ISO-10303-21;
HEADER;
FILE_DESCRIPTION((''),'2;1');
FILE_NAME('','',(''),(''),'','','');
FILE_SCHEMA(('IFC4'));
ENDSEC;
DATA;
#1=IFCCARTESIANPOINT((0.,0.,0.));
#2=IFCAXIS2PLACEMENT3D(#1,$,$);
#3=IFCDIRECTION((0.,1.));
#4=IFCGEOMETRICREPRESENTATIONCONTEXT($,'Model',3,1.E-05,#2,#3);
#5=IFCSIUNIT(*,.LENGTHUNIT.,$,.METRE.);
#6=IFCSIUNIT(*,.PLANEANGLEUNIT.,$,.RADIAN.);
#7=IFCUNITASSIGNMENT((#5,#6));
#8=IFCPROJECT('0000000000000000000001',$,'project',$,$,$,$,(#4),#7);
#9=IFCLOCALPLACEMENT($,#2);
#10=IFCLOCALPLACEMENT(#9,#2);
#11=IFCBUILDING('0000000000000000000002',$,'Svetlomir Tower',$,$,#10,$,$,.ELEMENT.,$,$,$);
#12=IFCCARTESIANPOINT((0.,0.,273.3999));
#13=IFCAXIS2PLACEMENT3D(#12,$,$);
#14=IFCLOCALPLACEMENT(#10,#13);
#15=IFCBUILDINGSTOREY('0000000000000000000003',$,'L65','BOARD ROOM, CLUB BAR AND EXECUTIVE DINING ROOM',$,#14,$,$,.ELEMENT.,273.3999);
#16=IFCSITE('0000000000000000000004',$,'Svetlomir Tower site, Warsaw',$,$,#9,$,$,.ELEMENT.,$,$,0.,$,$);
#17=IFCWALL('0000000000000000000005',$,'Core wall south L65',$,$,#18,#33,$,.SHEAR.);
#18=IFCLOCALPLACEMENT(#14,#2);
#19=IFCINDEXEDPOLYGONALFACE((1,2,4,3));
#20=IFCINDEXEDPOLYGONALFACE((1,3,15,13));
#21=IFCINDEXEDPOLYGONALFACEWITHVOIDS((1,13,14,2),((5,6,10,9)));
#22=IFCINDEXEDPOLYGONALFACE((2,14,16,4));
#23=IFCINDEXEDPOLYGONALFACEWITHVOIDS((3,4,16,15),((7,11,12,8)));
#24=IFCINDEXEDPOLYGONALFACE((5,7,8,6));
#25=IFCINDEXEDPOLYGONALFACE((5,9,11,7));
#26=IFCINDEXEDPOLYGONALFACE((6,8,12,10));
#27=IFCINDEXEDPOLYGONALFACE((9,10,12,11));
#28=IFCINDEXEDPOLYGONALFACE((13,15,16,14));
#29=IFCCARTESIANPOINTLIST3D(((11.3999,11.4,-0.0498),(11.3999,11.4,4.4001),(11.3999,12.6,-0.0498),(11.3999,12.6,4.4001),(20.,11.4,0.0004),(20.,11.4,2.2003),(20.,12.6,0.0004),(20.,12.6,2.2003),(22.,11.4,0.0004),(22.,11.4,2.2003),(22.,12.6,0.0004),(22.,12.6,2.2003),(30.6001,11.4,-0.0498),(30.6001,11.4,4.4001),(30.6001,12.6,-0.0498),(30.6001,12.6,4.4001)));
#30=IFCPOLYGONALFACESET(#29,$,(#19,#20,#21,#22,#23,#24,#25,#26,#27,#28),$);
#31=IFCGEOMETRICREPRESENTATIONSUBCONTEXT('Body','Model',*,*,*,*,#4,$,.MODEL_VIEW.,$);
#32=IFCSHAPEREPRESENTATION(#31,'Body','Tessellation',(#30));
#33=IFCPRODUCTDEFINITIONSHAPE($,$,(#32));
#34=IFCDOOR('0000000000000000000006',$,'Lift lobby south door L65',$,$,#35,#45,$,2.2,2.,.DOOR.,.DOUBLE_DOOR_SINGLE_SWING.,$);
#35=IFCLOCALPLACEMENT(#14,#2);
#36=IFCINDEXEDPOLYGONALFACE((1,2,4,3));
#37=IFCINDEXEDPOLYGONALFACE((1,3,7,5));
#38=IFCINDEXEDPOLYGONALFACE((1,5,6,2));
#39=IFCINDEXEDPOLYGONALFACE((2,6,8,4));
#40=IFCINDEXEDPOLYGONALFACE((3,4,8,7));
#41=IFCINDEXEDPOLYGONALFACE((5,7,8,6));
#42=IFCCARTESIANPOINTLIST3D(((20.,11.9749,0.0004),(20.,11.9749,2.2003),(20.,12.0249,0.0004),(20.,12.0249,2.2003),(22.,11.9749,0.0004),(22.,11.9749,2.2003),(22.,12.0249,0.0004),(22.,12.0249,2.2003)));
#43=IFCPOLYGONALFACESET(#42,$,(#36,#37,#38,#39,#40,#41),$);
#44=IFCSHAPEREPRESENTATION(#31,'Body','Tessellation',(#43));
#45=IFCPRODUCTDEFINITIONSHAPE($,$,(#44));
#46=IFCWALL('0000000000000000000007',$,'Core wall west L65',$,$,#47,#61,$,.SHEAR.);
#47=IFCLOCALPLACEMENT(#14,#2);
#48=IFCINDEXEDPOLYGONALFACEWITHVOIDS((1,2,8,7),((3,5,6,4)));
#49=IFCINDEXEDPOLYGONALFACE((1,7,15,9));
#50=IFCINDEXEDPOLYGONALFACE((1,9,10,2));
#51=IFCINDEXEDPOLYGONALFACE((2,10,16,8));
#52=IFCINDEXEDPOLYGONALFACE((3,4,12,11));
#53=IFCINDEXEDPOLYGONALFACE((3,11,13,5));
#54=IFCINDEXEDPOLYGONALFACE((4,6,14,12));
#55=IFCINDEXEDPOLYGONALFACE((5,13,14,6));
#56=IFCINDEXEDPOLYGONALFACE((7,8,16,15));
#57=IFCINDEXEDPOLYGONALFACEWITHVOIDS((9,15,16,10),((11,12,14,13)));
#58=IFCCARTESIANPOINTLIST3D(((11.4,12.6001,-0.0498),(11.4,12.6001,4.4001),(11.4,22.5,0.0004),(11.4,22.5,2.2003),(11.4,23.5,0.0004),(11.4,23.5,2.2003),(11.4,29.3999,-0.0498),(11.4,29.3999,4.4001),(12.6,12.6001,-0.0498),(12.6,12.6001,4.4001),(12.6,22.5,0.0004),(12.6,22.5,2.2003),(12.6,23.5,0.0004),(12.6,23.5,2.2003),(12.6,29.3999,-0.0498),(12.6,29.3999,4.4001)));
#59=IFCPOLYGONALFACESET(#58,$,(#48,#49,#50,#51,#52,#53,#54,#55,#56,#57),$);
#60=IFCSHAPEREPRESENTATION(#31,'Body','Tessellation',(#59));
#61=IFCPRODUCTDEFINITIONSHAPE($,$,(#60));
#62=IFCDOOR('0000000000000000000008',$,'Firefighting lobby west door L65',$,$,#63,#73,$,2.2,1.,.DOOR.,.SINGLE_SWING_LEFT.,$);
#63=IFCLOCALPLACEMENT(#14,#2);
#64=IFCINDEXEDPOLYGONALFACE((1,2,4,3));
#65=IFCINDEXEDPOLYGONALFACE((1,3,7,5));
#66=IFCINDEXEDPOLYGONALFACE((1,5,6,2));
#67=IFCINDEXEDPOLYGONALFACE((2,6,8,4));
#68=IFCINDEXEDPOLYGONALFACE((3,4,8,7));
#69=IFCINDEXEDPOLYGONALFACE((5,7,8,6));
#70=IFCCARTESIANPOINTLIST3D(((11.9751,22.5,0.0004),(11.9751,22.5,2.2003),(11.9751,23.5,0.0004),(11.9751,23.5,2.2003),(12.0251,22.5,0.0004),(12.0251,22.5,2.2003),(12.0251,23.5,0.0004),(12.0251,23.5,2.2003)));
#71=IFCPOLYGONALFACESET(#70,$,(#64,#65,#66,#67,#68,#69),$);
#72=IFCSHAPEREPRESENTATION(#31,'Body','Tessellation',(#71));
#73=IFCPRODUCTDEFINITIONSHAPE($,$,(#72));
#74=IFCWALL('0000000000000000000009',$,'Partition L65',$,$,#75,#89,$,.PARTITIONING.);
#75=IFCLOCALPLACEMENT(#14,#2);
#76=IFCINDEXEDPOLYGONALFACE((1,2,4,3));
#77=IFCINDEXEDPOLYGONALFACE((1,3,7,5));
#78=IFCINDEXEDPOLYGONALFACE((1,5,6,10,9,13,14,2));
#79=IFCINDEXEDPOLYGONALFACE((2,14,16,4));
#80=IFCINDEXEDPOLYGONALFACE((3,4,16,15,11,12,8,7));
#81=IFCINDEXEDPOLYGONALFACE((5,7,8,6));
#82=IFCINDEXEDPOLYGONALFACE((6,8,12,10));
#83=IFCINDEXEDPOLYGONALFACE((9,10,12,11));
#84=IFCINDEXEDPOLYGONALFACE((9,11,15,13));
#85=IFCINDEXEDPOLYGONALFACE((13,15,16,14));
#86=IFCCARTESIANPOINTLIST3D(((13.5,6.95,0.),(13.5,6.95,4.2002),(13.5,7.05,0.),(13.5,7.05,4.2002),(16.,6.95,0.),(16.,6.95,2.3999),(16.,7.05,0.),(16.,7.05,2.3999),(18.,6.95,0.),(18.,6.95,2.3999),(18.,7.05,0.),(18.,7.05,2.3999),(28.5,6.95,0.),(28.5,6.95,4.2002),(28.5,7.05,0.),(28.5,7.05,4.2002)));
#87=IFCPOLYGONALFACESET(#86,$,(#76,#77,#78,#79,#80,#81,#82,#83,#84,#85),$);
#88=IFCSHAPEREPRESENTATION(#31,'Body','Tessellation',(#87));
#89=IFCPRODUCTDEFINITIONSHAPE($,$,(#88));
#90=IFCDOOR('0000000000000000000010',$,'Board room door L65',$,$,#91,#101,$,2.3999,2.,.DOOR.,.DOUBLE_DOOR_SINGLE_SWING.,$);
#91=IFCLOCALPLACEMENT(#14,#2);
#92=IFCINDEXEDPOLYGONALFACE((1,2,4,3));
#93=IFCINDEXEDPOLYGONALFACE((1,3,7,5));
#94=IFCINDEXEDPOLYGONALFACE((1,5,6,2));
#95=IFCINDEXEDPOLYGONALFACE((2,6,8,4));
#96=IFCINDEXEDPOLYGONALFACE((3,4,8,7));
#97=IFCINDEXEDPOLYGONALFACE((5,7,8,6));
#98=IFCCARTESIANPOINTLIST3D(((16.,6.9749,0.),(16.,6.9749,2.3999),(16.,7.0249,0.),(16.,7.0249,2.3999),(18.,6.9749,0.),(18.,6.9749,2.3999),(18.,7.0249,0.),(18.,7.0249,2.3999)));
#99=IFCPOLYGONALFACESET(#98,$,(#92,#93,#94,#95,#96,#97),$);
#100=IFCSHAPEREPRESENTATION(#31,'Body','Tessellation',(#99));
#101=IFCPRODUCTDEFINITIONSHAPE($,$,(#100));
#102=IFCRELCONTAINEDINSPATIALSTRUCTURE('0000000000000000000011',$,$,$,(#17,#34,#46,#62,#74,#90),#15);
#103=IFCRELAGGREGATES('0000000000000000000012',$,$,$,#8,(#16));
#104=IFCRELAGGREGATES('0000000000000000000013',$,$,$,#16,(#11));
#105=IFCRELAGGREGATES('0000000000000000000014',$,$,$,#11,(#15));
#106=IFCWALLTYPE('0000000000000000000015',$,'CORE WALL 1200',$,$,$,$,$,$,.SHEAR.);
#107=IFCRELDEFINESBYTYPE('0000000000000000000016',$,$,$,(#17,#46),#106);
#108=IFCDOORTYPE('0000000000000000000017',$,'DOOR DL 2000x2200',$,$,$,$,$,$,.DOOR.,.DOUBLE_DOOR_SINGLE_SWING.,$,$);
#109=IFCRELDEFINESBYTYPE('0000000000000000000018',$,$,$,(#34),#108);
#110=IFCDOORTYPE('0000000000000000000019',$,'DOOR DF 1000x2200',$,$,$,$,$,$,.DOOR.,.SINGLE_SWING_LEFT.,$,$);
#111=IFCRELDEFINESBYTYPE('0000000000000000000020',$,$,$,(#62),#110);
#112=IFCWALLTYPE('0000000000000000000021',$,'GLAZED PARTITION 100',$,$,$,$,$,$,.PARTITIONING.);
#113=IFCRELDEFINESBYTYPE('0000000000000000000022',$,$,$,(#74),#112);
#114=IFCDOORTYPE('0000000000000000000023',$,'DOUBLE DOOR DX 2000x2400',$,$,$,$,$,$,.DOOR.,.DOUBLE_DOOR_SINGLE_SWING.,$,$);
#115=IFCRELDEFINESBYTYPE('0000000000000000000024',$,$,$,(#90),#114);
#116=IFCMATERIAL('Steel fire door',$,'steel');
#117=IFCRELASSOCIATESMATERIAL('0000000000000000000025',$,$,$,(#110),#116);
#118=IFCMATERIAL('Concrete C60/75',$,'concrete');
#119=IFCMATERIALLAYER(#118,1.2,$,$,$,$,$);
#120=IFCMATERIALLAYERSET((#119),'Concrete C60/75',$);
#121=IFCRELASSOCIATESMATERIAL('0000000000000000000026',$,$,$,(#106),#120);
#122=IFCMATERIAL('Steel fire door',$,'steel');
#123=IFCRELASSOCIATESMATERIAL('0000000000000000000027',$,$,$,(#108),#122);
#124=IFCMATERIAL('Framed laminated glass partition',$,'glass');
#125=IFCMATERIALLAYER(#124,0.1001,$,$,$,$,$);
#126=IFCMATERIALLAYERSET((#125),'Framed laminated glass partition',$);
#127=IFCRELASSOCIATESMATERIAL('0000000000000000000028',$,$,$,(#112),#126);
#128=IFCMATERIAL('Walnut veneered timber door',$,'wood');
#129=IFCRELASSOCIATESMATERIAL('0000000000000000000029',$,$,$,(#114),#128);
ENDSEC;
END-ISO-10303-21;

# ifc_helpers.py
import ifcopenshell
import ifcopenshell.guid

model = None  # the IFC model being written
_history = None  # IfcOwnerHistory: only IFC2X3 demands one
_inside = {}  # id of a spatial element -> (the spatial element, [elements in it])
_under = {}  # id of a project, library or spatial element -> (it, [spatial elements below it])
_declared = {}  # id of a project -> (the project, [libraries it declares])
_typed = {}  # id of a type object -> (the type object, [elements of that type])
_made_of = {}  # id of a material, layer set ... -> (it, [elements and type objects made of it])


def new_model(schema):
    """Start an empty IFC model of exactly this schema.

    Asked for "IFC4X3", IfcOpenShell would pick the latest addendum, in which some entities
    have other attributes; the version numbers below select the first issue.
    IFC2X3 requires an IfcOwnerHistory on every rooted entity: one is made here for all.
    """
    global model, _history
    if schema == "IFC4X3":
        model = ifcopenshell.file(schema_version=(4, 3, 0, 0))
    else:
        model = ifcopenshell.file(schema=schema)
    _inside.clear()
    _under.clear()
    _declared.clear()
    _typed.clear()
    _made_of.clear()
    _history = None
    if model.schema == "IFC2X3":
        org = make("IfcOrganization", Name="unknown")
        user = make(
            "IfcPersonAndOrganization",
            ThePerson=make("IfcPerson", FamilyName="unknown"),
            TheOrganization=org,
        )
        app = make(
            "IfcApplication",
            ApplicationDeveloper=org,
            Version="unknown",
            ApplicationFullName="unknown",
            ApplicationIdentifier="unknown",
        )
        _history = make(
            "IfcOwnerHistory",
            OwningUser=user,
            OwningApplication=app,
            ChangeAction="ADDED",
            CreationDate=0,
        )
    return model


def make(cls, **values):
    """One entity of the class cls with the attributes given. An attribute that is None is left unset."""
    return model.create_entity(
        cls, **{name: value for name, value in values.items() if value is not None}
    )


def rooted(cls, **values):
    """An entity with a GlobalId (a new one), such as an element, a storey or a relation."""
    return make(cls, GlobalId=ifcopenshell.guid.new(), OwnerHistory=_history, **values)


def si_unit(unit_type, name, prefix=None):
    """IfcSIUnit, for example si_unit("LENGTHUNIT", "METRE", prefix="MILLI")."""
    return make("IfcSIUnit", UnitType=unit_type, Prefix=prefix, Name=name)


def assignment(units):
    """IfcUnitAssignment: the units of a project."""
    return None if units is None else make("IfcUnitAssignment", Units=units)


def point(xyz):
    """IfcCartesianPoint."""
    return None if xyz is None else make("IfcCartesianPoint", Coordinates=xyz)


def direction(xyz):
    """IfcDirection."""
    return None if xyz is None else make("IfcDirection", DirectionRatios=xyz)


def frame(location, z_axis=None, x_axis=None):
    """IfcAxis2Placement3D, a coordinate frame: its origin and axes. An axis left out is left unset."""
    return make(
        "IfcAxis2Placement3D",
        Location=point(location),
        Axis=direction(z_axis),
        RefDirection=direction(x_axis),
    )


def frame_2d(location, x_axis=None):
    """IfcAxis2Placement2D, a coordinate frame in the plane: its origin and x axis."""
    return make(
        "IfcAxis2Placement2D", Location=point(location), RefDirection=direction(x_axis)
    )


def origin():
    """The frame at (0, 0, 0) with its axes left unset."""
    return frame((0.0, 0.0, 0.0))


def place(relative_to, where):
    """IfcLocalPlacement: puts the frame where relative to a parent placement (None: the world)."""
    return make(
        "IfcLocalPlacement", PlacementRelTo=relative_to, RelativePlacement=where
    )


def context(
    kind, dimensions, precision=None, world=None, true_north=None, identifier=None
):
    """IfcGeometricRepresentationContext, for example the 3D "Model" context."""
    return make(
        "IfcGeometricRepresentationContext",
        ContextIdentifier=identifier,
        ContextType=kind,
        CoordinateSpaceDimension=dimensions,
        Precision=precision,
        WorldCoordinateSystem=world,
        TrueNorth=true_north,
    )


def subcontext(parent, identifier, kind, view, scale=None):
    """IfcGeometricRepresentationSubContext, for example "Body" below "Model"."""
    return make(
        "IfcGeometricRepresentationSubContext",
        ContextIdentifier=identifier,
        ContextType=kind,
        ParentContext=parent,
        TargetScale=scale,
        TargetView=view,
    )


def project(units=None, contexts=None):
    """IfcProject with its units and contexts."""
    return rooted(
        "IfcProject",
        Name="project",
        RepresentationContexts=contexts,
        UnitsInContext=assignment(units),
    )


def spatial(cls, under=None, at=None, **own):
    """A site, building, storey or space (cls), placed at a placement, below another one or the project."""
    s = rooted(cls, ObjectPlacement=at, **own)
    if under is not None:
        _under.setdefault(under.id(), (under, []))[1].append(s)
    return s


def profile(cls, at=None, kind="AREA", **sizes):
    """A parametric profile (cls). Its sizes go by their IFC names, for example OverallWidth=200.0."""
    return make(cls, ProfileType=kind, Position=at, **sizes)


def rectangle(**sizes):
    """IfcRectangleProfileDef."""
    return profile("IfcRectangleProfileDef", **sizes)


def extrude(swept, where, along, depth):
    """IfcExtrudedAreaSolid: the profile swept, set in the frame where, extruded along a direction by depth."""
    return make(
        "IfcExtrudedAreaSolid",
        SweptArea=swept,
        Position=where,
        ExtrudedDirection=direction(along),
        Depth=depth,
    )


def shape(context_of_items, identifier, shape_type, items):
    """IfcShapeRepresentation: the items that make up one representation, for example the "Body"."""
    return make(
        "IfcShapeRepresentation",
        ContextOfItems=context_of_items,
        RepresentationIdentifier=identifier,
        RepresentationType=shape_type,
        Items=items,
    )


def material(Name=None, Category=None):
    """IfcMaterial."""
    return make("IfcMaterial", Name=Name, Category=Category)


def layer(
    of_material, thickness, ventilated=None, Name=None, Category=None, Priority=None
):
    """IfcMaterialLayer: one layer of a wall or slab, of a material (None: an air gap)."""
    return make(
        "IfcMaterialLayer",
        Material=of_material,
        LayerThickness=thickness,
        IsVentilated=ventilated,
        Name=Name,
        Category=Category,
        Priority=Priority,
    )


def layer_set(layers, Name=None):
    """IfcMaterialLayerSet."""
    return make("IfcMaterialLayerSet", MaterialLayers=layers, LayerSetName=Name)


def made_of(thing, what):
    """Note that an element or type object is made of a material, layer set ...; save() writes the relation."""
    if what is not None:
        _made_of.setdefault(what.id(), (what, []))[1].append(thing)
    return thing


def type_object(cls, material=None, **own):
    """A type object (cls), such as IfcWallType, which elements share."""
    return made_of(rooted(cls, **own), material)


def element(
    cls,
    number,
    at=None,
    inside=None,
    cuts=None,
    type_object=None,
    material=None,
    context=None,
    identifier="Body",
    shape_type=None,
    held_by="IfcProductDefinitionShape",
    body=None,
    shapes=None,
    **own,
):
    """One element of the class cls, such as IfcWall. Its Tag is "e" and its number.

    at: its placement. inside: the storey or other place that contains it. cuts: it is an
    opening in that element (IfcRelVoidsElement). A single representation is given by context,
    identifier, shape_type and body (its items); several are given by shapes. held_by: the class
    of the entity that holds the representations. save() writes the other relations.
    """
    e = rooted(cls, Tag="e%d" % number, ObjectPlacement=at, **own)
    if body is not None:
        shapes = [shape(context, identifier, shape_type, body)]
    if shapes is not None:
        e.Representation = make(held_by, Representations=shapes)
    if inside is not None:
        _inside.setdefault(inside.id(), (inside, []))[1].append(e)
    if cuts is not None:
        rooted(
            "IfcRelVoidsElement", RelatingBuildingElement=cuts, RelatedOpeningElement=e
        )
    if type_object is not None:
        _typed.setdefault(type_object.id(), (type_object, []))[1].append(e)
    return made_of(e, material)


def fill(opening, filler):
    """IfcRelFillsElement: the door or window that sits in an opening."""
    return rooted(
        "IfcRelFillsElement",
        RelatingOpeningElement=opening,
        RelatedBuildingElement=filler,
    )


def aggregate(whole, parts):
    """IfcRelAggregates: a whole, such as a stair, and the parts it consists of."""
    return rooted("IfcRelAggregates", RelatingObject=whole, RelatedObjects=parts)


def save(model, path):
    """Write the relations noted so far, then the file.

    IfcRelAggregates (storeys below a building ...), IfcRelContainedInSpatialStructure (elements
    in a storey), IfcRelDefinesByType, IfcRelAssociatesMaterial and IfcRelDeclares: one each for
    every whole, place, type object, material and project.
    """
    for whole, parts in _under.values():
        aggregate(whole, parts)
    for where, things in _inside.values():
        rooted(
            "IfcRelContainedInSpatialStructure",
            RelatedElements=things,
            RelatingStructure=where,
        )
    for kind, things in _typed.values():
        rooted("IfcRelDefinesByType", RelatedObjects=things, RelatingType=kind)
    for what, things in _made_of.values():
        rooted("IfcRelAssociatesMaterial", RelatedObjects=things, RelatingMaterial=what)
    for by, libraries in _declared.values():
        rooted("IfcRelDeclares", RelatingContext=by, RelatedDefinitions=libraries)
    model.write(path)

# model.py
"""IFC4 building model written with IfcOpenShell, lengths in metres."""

from ifc_helpers import new_model, si_unit, direction, frame, frame_2d, origin, place, context, subcontext, project, spatial, rectangle, extrude, material, layer, layer_set, type_object, element, fill, save


model = new_model("IFC4")

# Units and contexts
model_context = context("Model", 3, precision=1e-05, world=origin(), true_north=direction((0.0, 1.0)))
body_context = subcontext(model_context, "Body", "Model", "MODEL_VIEW")
ifc_project = project(units=[si_unit("LENGTHUNIT", "METRE"), si_unit("PLANEANGLEUNIT", "RADIAN")], contexts=[model_context])

# Site, building, storey
site_placement = place(None, origin())
site = spatial("IfcSite", under=ifc_project, at=site_placement, Name="Svetlomir Tower site, Warsaw", CompositionType="ELEMENT", RefElevation=0.0)
building_placement = place(site_placement, origin())
building = spatial("IfcBuilding", under=site, at=building_placement, Name="Svetlomir Tower", CompositionType="ELEMENT")
storey_placement = place(building_placement, frame((0.0, 0.0, 273.3999)))
storey = spatial("IfcBuildingStorey", under=building, at=storey_placement, Name="L65", Description="BOARD ROOM, CLUB BAR AND EXECUTIVE DINING ROOM", CompositionType="ELEMENT", Elevation=273.3999)

# Walls, openings, doors
ifc_material_1 = material(Name="Steel fire door", Category="steel")
door_type_1 = type_object("IfcDoorType", Name="DOOR DF 1000x2200", OperationType="SINGLE_SWING_LEFT", PredefinedType="DOOR", material=ifc_material_1)
ifc_material_2 = material(Name="Concrete C60/75", Category="concrete")
ifc_layer_1 = layer(ifc_material_2, 1.2)
ifc_layer_set_1 = layer_set([ifc_layer_1], Name="Concrete C60/75")
wall_type_1 = type_object("IfcWallType", Name="CORE WALL 1200", PredefinedType="SHEAR", material=ifc_layer_set_1)
wall_1_placement = place(storey_placement, frame((11.3999, 12.0, -0.0498), z_axis=(0.0, 0.0, 1.0), x_axis=(1.0, 0.0, 0.0)))
wall_1 = element("IfcWall", 1, at=wall_1_placement, inside=storey, type_object=wall_type_1, Name="Core wall south L65", PredefinedType="SHEAR", context=body_context, shape_type="SweptSolid", body=[
    extrude(rectangle(XDim=19.2002, YDim=1.2, at=frame_2d((9.6001, 0.0))), origin(), (0.0, 0.0, 1.0), 4.45),
])
opening_1_placement = place(wall_1_placement, frame((8.6001, 0.0, 0.05)))
opening_1 = element("IfcOpeningElement", 2, at=opening_1_placement, cuts=wall_1, PredefinedType="OPENING", context=body_context, shape_type="SweptSolid", body=[
    extrude(rectangle(XDim=2.0, YDim=2.2, at=frame_2d((1.0, 1.1001))), frame((0.0, 0.6099, 0.0), z_axis=(0.0, -1.0, 0.0), x_axis=(1.0, 0.0, 0.0)), (0.0, 0.0, 1.0), 1.22),
])
ifc_material_3 = material(Name="Steel fire door", Category="steel")
door_type_2 = type_object("IfcDoorType", Name="DOOR DL 2000x2200", OperationType="DOUBLE_DOOR_SINGLE_SWING", PredefinedType="DOOR", material=ifc_material_3)
door_1_placement = place(opening_1_placement, origin())
door_1 = element("IfcDoor", 3, at=door_1_placement, inside=storey, type_object=door_type_2, Name="Lift lobby south door L65", OperationType="DOUBLE_DOOR_SINGLE_SWING", OverallHeight=2.2, OverallWidth=2.0, PredefinedType="DOOR", context=body_context, shape_type="SweptSolid", body=[
    extrude(rectangle(XDim=2.0, YDim=2.2, at=frame_2d((1.0, 1.1001))), frame((0.0, 0.0249, 0.0), z_axis=(0.0, -1.0, 0.0), x_axis=(1.0, 0.0, 0.0)), (0.0, 0.0, 1.0), 0.05),
])
fill(opening_1, door_1)
wall_2_placement = place(storey_placement, frame((12.0, 12.6001, -0.0498), z_axis=(0.0, 0.0, 1.0), x_axis=(0.0, 1.0, 0.0)))
wall_2 = element("IfcWall", 4, at=wall_2_placement, inside=storey, type_object=wall_type_1, Name="Core wall west L65", PredefinedType="SHEAR", context=body_context, shape_type="SweptSolid", body=[
    extrude(rectangle(XDim=16.7998, YDim=1.2, at=frame_2d((8.3999, 0.0))), origin(), (0.0, 0.0, 1.0), 4.45),
])
opening_2_placement = place(wall_2_placement, frame((9.8999, 0.0, 0.05)))
opening_2 = element("IfcOpeningElement", 5, at=opening_2_placement, cuts=wall_2, PredefinedType="OPENING", context=body_context, shape_type="SweptSolid", body=[
    extrude(rectangle(XDim=1.0, YDim=2.2, at=frame_2d((0.5, 1.1001))), frame((0.0, 0.6099, 0.0), z_axis=(0.0, -1.0, 0.0), x_axis=(1.0, 0.0, 0.0)), (0.0, 0.0, 1.0), 1.22),
])
door_2_placement = place(opening_2_placement, origin())
door_2 = element("IfcDoor", 6, at=door_2_placement, inside=storey, type_object=door_type_1, Name="Firefighting lobby west door L65", OperationType="SINGLE_SWING_LEFT", OverallHeight=2.2, OverallWidth=1.0, PredefinedType="DOOR", context=body_context, shape_type="SweptSolid", body=[
    extrude(rectangle(XDim=1.0, YDim=2.2, at=frame_2d((0.5, 1.1001))), frame((0.0, 0.0249, 0.0), z_axis=(0.0, -1.0, 0.0), x_axis=(1.0, 0.0, 0.0)), (0.0, 0.0, 1.0), 0.05),
])
fill(opening_2, door_2)
ifc_material_4 = material(Name="Framed laminated glass partition", Category="glass")
ifc_layer_2 = layer(ifc_material_4, 0.1001)
ifc_layer_set_2 = layer_set([ifc_layer_2], Name="Framed laminated glass partition")
wall_type_2 = type_object("IfcWallType", Name="GLAZED PARTITION 100", PredefinedType="PARTITIONING", material=ifc_layer_set_2)
wall_3_placement = place(storey_placement, frame((13.5, 7.0, 0.0), z_axis=(0.0, 0.0, 1.0), x_axis=(1.0, 0.0, 0.0)))
wall_3 = element("IfcWall", 7, at=wall_3_placement, inside=storey, type_object=wall_type_2, Name="Partition L65", PredefinedType="PARTITIONING", context=body_context, shape_type="SweptSolid", body=[
    extrude(rectangle(XDim=15.0, YDim=0.1001, at=frame_2d((7.5, 0.0))), origin(), (0.0, 0.0, 1.0), 4.2002),
])
opening_3_placement = place(wall_3_placement, frame((2.5, 0.0, 0.0)))
opening_3 = element("IfcOpeningElement", 8, at=opening_3_placement, cuts=wall_3, PredefinedType="OPENING", context=body_context, shape_type="SweptSolid", body=[
    extrude(rectangle(XDim=2.0, YDim=2.3999, at=frame_2d((1.0, 1.2))), frame((0.0, 0.0601, 0.0), z_axis=(0.0, -1.0, 0.0), x_axis=(1.0, 0.0, 0.0)), (0.0, 0.0, 1.0), 0.1201),
])
ifc_material_5 = material(Name="Walnut veneered timber door", Category="wood")
door_type_3 = type_object("IfcDoorType", Name="DOUBLE DOOR DX 2000x2400", OperationType="DOUBLE_DOOR_SINGLE_SWING", PredefinedType="DOOR", material=ifc_material_5)
door_3_placement = place(opening_3_placement, origin())
door_3 = element("IfcDoor", 9, at=door_3_placement, inside=storey, type_object=door_type_3, Name="Board room door L65", OperationType="DOUBLE_DOOR_SINGLE_SWING", OverallHeight=2.3999, OverallWidth=2.0, PredefinedType="DOOR", context=body_context, shape_type="SweptSolid", body=[
    extrude(rectangle(XDim=2.0, YDim=2.3999, at=frame_2d((1.0, 1.2))), frame((0.0, 0.0249, 0.0), z_axis=(0.0, -1.0, 0.0), x_axis=(1.0, 0.0, 0.0)), (0.0, 0.0, 1.0), 0.05),
])
fill(opening_3, door_3)

save(model, "model.ifc")
